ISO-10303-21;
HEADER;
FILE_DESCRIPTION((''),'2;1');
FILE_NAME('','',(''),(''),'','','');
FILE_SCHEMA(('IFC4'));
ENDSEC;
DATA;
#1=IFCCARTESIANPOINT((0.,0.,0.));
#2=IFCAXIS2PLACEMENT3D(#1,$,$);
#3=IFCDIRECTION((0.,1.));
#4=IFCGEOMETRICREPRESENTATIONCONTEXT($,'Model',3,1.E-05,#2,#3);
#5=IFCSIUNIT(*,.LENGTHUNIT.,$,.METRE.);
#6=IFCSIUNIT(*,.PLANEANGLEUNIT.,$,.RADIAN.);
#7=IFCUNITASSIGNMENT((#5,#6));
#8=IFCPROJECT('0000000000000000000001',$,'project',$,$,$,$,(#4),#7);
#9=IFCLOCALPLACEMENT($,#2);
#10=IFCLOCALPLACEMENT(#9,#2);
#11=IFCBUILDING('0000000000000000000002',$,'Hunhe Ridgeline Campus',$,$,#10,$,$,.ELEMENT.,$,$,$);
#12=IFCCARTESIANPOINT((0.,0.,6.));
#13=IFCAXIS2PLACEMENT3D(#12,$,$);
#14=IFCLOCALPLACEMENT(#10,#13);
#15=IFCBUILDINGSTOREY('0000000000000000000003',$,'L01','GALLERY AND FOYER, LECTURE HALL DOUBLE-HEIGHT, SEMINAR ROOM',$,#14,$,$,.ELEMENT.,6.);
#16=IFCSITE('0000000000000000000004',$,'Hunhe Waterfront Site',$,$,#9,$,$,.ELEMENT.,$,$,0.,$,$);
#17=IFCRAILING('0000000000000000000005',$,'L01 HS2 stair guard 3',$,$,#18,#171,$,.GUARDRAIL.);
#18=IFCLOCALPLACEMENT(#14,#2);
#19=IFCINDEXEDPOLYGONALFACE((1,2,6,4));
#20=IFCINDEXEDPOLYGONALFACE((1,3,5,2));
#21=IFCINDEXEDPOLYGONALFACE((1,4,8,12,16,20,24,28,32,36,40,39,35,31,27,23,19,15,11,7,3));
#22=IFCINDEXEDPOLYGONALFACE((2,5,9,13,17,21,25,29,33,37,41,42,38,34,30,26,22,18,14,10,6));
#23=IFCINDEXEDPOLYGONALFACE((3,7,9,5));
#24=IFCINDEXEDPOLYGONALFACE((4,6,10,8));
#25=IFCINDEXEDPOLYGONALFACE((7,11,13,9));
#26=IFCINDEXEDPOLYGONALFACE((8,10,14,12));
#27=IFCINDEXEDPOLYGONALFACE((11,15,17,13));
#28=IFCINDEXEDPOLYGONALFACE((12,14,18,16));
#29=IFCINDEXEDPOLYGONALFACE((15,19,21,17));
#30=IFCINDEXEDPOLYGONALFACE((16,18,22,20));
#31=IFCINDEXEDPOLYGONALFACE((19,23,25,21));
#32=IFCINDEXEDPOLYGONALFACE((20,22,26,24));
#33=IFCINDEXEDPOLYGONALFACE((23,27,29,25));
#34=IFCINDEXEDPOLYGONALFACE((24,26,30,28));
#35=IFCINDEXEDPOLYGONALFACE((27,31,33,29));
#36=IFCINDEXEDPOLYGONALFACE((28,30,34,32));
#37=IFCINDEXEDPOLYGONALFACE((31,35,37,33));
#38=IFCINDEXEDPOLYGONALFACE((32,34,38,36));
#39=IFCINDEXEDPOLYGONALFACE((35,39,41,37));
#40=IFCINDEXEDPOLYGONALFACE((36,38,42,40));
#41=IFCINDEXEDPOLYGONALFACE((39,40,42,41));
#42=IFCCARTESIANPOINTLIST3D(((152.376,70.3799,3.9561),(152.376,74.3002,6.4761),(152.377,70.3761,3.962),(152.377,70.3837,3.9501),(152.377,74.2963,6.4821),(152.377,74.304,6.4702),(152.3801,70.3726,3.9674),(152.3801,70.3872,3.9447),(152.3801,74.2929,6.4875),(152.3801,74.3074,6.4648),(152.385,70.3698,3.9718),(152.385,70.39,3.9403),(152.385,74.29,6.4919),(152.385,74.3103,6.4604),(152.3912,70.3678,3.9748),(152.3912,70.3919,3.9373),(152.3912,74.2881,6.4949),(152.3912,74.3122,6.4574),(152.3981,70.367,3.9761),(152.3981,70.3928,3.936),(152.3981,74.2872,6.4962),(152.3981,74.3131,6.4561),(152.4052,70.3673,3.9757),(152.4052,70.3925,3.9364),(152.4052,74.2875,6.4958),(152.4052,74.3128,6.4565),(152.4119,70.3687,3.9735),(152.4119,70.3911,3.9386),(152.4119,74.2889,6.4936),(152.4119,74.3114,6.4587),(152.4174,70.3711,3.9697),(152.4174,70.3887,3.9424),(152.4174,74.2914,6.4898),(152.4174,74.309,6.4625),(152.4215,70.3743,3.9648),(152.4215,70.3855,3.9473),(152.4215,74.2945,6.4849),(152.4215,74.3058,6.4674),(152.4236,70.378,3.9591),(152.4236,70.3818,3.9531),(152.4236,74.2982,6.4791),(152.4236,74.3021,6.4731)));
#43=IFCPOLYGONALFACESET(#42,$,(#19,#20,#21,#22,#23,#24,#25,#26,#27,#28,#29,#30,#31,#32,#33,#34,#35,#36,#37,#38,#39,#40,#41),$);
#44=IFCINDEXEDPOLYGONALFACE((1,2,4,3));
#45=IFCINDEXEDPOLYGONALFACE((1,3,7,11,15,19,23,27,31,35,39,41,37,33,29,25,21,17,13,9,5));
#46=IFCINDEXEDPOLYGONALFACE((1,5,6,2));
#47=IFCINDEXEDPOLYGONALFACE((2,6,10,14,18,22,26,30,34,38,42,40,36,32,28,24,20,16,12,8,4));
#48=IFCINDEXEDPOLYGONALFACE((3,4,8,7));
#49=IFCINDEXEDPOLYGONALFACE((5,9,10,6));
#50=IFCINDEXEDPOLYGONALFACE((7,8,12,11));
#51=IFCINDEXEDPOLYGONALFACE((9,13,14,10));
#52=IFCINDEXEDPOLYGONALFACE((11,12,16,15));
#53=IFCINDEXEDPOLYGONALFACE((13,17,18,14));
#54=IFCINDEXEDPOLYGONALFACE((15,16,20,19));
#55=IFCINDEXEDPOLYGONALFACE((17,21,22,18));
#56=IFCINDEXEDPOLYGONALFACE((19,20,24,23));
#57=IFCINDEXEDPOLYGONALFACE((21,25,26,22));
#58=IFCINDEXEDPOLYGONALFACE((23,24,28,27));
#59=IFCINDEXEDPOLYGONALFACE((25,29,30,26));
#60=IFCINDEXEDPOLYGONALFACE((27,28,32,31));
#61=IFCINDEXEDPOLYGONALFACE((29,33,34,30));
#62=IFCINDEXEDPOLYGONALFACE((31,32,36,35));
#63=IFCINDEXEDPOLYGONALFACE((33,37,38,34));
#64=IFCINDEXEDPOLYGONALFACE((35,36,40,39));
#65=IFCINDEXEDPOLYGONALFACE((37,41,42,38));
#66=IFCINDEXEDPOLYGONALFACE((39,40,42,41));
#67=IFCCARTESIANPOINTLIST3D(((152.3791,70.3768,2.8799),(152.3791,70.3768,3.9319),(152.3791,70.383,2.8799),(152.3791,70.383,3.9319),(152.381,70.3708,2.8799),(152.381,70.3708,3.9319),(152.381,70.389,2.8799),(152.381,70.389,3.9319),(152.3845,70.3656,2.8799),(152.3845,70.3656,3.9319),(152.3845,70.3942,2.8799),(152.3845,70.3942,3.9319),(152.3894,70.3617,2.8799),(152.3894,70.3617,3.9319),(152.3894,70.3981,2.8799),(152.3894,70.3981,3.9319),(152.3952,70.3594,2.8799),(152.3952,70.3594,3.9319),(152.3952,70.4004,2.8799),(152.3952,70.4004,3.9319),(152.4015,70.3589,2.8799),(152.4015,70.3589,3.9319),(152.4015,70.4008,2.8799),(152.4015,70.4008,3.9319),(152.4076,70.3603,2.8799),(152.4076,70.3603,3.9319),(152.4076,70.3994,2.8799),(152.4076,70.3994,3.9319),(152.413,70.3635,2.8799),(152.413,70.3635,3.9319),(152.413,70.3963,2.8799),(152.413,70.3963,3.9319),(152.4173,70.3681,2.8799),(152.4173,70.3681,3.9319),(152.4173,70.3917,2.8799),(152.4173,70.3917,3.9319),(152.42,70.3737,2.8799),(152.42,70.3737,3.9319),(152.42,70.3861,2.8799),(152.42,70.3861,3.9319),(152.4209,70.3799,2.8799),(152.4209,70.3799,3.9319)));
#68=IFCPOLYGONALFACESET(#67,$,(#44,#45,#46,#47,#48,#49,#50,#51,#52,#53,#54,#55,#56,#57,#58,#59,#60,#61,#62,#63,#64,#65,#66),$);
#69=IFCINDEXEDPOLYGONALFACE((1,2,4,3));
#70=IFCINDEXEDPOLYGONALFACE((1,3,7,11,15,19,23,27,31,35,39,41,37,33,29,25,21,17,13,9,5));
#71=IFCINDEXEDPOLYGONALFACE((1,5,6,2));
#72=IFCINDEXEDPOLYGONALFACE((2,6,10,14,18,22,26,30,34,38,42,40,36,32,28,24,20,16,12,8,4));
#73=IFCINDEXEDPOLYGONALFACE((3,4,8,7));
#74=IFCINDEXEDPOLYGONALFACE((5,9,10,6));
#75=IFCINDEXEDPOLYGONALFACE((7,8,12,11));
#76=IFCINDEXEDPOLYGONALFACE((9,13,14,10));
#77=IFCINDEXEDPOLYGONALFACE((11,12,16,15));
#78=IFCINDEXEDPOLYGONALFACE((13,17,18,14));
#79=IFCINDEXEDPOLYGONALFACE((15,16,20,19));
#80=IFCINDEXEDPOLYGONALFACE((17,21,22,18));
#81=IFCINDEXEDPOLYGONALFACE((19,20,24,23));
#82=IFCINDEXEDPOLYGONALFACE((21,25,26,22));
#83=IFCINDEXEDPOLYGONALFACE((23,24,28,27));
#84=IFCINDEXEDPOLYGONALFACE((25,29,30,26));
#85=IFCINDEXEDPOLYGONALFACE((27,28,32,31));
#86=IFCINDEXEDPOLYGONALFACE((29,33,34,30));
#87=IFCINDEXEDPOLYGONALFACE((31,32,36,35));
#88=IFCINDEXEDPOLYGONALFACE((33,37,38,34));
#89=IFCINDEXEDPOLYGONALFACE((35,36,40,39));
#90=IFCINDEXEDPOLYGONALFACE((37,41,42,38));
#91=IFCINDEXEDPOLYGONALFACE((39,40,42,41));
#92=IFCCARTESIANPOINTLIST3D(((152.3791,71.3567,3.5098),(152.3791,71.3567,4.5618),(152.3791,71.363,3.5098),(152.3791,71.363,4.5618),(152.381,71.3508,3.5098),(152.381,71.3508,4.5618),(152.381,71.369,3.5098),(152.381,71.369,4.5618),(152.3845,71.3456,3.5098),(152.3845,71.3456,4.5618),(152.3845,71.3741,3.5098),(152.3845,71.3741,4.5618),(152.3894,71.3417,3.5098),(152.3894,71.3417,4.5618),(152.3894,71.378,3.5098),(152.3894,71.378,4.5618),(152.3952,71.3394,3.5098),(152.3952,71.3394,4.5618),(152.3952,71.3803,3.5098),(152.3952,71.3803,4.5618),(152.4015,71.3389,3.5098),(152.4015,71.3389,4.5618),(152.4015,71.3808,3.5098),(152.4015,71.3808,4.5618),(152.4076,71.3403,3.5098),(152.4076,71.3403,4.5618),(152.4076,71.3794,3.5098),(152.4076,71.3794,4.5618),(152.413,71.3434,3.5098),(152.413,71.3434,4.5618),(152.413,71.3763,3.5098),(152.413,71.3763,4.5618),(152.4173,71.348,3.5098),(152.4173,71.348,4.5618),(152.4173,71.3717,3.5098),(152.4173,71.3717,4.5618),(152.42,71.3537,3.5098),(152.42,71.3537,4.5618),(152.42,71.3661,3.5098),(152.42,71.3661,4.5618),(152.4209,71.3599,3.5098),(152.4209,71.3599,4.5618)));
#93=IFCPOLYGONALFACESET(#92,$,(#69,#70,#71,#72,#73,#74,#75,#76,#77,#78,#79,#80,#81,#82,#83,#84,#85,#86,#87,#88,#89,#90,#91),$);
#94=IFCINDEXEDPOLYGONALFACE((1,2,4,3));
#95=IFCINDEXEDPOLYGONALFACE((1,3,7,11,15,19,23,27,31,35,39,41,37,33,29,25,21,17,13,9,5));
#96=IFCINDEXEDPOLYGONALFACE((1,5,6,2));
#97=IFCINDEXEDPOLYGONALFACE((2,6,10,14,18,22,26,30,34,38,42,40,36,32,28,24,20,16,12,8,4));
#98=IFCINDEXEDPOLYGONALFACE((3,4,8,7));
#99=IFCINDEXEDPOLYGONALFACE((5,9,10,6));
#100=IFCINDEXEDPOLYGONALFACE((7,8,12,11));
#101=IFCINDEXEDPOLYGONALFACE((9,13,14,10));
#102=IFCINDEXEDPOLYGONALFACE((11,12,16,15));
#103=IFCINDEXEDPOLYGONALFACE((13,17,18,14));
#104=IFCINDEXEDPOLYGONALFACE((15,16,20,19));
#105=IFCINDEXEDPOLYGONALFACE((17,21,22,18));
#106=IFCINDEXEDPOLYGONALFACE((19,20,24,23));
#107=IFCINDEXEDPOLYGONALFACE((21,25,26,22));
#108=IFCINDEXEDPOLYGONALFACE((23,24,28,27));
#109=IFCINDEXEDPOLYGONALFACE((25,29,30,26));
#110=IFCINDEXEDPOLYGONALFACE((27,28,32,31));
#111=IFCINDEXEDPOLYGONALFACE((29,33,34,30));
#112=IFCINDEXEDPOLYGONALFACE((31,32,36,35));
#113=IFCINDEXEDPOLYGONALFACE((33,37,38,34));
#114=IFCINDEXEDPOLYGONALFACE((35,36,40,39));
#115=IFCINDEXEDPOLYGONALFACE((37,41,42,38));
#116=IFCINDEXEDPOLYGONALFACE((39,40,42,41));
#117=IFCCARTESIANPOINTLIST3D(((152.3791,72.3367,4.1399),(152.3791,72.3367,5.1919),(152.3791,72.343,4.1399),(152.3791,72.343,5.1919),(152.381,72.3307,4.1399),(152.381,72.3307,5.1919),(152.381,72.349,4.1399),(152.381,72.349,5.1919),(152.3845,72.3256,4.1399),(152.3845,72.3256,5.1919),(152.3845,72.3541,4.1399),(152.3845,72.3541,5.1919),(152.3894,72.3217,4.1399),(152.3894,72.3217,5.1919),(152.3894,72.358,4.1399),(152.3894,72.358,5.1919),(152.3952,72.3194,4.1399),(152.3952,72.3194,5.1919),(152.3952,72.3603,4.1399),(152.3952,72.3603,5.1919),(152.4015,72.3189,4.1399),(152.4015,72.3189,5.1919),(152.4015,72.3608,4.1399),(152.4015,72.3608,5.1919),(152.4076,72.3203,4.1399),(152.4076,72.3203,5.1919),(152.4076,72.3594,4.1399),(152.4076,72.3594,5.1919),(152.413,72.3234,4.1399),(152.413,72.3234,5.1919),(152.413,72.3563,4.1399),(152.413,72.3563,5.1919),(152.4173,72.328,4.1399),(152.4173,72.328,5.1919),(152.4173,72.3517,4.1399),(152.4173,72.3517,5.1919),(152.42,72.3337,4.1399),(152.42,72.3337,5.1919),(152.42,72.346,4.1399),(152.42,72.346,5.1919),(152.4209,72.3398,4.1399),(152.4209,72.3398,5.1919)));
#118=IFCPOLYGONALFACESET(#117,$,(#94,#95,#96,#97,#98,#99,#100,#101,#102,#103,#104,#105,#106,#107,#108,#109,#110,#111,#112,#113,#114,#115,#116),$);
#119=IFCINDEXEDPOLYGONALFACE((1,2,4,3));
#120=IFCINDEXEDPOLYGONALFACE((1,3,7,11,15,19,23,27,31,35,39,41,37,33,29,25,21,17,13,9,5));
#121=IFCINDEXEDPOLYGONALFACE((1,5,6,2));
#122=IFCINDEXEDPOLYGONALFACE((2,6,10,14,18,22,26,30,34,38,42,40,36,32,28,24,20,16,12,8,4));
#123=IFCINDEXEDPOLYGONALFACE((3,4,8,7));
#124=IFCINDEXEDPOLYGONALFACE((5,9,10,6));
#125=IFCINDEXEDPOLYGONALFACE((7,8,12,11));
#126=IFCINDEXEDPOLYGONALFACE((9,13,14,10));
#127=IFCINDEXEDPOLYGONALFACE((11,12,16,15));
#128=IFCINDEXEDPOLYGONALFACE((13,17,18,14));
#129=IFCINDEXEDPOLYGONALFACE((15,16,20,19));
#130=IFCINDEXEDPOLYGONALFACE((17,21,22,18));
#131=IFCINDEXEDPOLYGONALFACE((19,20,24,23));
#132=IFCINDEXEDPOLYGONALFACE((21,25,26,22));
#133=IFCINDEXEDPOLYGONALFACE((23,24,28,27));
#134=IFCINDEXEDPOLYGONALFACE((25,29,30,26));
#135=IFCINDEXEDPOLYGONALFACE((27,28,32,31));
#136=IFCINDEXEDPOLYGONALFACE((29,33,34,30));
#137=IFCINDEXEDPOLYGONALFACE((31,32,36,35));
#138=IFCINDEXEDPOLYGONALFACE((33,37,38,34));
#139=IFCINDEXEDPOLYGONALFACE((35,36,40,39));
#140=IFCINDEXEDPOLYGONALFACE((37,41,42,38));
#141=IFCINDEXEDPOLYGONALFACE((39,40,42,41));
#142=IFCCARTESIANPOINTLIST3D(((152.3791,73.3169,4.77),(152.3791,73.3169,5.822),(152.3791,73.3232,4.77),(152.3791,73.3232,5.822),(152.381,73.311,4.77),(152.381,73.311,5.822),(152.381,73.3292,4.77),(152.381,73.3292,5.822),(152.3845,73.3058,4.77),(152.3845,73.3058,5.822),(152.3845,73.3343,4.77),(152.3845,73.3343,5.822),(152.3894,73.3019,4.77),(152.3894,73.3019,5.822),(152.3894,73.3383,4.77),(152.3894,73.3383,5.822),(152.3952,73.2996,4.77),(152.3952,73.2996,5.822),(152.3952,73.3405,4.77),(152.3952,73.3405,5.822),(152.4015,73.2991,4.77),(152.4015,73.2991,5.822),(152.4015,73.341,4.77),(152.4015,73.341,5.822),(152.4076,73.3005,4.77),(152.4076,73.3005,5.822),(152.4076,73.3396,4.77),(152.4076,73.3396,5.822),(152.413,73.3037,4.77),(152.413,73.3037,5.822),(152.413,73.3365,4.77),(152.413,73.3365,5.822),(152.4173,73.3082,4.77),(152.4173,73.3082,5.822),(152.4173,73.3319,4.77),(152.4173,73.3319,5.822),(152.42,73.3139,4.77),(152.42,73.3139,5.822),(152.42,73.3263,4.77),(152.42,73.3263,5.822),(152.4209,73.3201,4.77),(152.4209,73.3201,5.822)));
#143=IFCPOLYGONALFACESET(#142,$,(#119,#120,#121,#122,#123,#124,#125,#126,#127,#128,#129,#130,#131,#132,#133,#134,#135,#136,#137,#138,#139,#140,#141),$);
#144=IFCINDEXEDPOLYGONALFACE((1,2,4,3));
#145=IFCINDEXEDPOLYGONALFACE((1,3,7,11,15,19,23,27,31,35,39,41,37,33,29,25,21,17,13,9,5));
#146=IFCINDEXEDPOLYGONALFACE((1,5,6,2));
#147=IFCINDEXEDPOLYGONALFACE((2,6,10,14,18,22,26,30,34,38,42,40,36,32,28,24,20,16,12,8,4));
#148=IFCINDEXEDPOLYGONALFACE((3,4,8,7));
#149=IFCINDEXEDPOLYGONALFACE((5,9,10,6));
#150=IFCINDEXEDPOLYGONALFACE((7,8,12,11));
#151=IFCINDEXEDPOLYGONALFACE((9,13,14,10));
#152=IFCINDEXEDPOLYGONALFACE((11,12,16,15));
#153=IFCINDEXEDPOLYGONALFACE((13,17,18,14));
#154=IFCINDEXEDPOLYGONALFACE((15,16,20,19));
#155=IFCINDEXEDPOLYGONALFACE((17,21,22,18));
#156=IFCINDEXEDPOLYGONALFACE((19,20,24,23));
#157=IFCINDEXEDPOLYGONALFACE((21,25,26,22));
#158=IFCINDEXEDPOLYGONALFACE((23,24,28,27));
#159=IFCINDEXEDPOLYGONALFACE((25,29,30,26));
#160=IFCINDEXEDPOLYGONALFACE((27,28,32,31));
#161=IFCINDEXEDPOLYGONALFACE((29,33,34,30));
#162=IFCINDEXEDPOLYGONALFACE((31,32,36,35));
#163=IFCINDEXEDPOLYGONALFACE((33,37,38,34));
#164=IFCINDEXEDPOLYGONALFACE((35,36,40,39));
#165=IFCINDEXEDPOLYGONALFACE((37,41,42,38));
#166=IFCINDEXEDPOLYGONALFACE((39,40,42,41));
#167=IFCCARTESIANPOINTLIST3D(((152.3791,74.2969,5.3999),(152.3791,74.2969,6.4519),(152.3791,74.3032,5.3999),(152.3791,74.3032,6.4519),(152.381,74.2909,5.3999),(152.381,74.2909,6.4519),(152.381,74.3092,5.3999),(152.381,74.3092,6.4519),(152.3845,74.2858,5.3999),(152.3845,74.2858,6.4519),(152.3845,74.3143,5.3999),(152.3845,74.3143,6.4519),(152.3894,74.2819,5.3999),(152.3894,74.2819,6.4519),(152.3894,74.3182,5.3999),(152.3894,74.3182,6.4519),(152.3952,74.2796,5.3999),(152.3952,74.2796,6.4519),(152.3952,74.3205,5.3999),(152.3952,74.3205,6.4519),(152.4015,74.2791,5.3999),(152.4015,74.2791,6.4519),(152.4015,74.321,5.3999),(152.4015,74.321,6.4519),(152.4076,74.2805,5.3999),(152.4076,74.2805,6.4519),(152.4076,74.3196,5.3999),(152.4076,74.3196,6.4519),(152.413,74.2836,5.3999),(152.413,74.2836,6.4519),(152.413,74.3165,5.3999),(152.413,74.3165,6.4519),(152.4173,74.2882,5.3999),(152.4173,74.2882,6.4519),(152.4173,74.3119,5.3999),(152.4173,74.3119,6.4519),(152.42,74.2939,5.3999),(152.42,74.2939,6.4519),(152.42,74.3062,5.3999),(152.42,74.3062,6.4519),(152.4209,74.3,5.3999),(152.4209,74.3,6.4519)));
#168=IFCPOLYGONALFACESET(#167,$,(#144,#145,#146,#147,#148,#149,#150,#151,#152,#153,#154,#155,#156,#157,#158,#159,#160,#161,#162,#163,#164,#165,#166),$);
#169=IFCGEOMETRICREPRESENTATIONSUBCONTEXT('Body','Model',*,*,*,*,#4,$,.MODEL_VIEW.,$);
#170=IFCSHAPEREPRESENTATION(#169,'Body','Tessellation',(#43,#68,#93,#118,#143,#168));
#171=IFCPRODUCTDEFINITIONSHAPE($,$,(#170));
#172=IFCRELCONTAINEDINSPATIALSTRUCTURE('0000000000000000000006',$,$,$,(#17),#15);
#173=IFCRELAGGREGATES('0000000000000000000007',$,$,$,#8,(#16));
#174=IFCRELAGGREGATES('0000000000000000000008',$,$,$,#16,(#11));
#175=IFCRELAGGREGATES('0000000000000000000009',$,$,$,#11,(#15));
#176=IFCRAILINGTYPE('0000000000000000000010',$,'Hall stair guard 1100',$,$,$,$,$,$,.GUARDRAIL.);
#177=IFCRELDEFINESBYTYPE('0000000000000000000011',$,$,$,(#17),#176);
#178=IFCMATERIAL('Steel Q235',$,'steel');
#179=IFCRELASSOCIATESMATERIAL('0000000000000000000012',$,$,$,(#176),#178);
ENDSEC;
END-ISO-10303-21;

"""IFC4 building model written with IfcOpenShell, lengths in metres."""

from ifc_helpers import new_model, si_unit, direction, frame, origin, origin_2d, place, context, subcontext, project, spatial, circle, extrude, material, type_object, element, save


model = new_model("IFC4")

# Units and contexts
model_context = context("Model", 3, precision=1e-05, world=origin(), true_north=direction((0.0, 1.0)))
body_context = subcontext(model_context, "Body", "Model", "MODEL_VIEW")
ifc_project = project(units=[si_unit("LENGTHUNIT", "METRE"), si_unit("PLANEANGLEUNIT", "RADIAN")], contexts=[model_context])

# Site, building, storey
site_placement = place(None, origin())
site = spatial("IfcSite", under=ifc_project, at=site_placement, Name="Hunhe Waterfront Site", CompositionType="ELEMENT", RefElevation=0.0)
building_placement = place(site_placement, origin())
building = spatial("IfcBuilding", under=site, at=building_placement, Name="Hunhe Ridgeline Campus", CompositionType="ELEMENT")
storey_placement = place(building_placement, frame((0.0, 0.0, 6.0)))
storey = spatial("IfcBuildingStorey", under=building, at=storey_placement, Name="L01", Description="GALLERY AND FOYER, LECTURE HALL DOUBLE-HEIGHT, SEMINAR ROOM", CompositionType="ELEMENT", Elevation=6.0)

# Shared definitions
ifc_material_1 = material(Name="Steel Q235", Category="steel")

# Railing
railing_type_1 = type_object("IfcRailingType", Name="Hall stair guard 1100", PredefinedType="GUARDRAIL", material=ifc_material_1)
railing_1_placement = place(storey_placement, frame((152.3999, 70.3799, 2.8799)))
element("IfcRailing", 1, at=railing_1_placement, inside=storey, type_object=railing_type_1, Name="L01 HS2 stair guard 3", PredefinedType="GUARDRAIL", context=body_context, shape_type="SweptSolid", body=[
    extrude(circle(Radius=0.0239, at=origin_2d()), frame((0.0, 0.0, 1.0762), z_axis=(0.0, 0.841187, 0.540744), x_axis=(-1.0, 0.0, 0.0)), (0.0, 0.0, 1.0), 4.6604),
    extrude(circle(Radius=0.021, at=origin_2d()), origin(), (0.0, 0.0, 1.0), 1.052),
    extrude(circle(Radius=0.021, at=origin_2d()), frame((0.0, 0.98, 0.6299)), (0.0, 0.0, 1.0), 1.052),
    extrude(circle(Radius=0.021, at=origin_2d()), frame((0.0, 1.96, 1.26)), (0.0, 0.0, 1.0), 1.052),
    extrude(circle(Radius=0.021, at=origin_2d()), frame((0.0, 2.9402, 1.8901)), (0.0, 0.0, 1.0), 1.052),
    extrude(circle(Radius=0.021, at=origin_2d()), frame((0.0, 3.9202, 2.52)), (0.0, 0.0, 1.0), 1.052),
])

save(model, "model.ifc")
